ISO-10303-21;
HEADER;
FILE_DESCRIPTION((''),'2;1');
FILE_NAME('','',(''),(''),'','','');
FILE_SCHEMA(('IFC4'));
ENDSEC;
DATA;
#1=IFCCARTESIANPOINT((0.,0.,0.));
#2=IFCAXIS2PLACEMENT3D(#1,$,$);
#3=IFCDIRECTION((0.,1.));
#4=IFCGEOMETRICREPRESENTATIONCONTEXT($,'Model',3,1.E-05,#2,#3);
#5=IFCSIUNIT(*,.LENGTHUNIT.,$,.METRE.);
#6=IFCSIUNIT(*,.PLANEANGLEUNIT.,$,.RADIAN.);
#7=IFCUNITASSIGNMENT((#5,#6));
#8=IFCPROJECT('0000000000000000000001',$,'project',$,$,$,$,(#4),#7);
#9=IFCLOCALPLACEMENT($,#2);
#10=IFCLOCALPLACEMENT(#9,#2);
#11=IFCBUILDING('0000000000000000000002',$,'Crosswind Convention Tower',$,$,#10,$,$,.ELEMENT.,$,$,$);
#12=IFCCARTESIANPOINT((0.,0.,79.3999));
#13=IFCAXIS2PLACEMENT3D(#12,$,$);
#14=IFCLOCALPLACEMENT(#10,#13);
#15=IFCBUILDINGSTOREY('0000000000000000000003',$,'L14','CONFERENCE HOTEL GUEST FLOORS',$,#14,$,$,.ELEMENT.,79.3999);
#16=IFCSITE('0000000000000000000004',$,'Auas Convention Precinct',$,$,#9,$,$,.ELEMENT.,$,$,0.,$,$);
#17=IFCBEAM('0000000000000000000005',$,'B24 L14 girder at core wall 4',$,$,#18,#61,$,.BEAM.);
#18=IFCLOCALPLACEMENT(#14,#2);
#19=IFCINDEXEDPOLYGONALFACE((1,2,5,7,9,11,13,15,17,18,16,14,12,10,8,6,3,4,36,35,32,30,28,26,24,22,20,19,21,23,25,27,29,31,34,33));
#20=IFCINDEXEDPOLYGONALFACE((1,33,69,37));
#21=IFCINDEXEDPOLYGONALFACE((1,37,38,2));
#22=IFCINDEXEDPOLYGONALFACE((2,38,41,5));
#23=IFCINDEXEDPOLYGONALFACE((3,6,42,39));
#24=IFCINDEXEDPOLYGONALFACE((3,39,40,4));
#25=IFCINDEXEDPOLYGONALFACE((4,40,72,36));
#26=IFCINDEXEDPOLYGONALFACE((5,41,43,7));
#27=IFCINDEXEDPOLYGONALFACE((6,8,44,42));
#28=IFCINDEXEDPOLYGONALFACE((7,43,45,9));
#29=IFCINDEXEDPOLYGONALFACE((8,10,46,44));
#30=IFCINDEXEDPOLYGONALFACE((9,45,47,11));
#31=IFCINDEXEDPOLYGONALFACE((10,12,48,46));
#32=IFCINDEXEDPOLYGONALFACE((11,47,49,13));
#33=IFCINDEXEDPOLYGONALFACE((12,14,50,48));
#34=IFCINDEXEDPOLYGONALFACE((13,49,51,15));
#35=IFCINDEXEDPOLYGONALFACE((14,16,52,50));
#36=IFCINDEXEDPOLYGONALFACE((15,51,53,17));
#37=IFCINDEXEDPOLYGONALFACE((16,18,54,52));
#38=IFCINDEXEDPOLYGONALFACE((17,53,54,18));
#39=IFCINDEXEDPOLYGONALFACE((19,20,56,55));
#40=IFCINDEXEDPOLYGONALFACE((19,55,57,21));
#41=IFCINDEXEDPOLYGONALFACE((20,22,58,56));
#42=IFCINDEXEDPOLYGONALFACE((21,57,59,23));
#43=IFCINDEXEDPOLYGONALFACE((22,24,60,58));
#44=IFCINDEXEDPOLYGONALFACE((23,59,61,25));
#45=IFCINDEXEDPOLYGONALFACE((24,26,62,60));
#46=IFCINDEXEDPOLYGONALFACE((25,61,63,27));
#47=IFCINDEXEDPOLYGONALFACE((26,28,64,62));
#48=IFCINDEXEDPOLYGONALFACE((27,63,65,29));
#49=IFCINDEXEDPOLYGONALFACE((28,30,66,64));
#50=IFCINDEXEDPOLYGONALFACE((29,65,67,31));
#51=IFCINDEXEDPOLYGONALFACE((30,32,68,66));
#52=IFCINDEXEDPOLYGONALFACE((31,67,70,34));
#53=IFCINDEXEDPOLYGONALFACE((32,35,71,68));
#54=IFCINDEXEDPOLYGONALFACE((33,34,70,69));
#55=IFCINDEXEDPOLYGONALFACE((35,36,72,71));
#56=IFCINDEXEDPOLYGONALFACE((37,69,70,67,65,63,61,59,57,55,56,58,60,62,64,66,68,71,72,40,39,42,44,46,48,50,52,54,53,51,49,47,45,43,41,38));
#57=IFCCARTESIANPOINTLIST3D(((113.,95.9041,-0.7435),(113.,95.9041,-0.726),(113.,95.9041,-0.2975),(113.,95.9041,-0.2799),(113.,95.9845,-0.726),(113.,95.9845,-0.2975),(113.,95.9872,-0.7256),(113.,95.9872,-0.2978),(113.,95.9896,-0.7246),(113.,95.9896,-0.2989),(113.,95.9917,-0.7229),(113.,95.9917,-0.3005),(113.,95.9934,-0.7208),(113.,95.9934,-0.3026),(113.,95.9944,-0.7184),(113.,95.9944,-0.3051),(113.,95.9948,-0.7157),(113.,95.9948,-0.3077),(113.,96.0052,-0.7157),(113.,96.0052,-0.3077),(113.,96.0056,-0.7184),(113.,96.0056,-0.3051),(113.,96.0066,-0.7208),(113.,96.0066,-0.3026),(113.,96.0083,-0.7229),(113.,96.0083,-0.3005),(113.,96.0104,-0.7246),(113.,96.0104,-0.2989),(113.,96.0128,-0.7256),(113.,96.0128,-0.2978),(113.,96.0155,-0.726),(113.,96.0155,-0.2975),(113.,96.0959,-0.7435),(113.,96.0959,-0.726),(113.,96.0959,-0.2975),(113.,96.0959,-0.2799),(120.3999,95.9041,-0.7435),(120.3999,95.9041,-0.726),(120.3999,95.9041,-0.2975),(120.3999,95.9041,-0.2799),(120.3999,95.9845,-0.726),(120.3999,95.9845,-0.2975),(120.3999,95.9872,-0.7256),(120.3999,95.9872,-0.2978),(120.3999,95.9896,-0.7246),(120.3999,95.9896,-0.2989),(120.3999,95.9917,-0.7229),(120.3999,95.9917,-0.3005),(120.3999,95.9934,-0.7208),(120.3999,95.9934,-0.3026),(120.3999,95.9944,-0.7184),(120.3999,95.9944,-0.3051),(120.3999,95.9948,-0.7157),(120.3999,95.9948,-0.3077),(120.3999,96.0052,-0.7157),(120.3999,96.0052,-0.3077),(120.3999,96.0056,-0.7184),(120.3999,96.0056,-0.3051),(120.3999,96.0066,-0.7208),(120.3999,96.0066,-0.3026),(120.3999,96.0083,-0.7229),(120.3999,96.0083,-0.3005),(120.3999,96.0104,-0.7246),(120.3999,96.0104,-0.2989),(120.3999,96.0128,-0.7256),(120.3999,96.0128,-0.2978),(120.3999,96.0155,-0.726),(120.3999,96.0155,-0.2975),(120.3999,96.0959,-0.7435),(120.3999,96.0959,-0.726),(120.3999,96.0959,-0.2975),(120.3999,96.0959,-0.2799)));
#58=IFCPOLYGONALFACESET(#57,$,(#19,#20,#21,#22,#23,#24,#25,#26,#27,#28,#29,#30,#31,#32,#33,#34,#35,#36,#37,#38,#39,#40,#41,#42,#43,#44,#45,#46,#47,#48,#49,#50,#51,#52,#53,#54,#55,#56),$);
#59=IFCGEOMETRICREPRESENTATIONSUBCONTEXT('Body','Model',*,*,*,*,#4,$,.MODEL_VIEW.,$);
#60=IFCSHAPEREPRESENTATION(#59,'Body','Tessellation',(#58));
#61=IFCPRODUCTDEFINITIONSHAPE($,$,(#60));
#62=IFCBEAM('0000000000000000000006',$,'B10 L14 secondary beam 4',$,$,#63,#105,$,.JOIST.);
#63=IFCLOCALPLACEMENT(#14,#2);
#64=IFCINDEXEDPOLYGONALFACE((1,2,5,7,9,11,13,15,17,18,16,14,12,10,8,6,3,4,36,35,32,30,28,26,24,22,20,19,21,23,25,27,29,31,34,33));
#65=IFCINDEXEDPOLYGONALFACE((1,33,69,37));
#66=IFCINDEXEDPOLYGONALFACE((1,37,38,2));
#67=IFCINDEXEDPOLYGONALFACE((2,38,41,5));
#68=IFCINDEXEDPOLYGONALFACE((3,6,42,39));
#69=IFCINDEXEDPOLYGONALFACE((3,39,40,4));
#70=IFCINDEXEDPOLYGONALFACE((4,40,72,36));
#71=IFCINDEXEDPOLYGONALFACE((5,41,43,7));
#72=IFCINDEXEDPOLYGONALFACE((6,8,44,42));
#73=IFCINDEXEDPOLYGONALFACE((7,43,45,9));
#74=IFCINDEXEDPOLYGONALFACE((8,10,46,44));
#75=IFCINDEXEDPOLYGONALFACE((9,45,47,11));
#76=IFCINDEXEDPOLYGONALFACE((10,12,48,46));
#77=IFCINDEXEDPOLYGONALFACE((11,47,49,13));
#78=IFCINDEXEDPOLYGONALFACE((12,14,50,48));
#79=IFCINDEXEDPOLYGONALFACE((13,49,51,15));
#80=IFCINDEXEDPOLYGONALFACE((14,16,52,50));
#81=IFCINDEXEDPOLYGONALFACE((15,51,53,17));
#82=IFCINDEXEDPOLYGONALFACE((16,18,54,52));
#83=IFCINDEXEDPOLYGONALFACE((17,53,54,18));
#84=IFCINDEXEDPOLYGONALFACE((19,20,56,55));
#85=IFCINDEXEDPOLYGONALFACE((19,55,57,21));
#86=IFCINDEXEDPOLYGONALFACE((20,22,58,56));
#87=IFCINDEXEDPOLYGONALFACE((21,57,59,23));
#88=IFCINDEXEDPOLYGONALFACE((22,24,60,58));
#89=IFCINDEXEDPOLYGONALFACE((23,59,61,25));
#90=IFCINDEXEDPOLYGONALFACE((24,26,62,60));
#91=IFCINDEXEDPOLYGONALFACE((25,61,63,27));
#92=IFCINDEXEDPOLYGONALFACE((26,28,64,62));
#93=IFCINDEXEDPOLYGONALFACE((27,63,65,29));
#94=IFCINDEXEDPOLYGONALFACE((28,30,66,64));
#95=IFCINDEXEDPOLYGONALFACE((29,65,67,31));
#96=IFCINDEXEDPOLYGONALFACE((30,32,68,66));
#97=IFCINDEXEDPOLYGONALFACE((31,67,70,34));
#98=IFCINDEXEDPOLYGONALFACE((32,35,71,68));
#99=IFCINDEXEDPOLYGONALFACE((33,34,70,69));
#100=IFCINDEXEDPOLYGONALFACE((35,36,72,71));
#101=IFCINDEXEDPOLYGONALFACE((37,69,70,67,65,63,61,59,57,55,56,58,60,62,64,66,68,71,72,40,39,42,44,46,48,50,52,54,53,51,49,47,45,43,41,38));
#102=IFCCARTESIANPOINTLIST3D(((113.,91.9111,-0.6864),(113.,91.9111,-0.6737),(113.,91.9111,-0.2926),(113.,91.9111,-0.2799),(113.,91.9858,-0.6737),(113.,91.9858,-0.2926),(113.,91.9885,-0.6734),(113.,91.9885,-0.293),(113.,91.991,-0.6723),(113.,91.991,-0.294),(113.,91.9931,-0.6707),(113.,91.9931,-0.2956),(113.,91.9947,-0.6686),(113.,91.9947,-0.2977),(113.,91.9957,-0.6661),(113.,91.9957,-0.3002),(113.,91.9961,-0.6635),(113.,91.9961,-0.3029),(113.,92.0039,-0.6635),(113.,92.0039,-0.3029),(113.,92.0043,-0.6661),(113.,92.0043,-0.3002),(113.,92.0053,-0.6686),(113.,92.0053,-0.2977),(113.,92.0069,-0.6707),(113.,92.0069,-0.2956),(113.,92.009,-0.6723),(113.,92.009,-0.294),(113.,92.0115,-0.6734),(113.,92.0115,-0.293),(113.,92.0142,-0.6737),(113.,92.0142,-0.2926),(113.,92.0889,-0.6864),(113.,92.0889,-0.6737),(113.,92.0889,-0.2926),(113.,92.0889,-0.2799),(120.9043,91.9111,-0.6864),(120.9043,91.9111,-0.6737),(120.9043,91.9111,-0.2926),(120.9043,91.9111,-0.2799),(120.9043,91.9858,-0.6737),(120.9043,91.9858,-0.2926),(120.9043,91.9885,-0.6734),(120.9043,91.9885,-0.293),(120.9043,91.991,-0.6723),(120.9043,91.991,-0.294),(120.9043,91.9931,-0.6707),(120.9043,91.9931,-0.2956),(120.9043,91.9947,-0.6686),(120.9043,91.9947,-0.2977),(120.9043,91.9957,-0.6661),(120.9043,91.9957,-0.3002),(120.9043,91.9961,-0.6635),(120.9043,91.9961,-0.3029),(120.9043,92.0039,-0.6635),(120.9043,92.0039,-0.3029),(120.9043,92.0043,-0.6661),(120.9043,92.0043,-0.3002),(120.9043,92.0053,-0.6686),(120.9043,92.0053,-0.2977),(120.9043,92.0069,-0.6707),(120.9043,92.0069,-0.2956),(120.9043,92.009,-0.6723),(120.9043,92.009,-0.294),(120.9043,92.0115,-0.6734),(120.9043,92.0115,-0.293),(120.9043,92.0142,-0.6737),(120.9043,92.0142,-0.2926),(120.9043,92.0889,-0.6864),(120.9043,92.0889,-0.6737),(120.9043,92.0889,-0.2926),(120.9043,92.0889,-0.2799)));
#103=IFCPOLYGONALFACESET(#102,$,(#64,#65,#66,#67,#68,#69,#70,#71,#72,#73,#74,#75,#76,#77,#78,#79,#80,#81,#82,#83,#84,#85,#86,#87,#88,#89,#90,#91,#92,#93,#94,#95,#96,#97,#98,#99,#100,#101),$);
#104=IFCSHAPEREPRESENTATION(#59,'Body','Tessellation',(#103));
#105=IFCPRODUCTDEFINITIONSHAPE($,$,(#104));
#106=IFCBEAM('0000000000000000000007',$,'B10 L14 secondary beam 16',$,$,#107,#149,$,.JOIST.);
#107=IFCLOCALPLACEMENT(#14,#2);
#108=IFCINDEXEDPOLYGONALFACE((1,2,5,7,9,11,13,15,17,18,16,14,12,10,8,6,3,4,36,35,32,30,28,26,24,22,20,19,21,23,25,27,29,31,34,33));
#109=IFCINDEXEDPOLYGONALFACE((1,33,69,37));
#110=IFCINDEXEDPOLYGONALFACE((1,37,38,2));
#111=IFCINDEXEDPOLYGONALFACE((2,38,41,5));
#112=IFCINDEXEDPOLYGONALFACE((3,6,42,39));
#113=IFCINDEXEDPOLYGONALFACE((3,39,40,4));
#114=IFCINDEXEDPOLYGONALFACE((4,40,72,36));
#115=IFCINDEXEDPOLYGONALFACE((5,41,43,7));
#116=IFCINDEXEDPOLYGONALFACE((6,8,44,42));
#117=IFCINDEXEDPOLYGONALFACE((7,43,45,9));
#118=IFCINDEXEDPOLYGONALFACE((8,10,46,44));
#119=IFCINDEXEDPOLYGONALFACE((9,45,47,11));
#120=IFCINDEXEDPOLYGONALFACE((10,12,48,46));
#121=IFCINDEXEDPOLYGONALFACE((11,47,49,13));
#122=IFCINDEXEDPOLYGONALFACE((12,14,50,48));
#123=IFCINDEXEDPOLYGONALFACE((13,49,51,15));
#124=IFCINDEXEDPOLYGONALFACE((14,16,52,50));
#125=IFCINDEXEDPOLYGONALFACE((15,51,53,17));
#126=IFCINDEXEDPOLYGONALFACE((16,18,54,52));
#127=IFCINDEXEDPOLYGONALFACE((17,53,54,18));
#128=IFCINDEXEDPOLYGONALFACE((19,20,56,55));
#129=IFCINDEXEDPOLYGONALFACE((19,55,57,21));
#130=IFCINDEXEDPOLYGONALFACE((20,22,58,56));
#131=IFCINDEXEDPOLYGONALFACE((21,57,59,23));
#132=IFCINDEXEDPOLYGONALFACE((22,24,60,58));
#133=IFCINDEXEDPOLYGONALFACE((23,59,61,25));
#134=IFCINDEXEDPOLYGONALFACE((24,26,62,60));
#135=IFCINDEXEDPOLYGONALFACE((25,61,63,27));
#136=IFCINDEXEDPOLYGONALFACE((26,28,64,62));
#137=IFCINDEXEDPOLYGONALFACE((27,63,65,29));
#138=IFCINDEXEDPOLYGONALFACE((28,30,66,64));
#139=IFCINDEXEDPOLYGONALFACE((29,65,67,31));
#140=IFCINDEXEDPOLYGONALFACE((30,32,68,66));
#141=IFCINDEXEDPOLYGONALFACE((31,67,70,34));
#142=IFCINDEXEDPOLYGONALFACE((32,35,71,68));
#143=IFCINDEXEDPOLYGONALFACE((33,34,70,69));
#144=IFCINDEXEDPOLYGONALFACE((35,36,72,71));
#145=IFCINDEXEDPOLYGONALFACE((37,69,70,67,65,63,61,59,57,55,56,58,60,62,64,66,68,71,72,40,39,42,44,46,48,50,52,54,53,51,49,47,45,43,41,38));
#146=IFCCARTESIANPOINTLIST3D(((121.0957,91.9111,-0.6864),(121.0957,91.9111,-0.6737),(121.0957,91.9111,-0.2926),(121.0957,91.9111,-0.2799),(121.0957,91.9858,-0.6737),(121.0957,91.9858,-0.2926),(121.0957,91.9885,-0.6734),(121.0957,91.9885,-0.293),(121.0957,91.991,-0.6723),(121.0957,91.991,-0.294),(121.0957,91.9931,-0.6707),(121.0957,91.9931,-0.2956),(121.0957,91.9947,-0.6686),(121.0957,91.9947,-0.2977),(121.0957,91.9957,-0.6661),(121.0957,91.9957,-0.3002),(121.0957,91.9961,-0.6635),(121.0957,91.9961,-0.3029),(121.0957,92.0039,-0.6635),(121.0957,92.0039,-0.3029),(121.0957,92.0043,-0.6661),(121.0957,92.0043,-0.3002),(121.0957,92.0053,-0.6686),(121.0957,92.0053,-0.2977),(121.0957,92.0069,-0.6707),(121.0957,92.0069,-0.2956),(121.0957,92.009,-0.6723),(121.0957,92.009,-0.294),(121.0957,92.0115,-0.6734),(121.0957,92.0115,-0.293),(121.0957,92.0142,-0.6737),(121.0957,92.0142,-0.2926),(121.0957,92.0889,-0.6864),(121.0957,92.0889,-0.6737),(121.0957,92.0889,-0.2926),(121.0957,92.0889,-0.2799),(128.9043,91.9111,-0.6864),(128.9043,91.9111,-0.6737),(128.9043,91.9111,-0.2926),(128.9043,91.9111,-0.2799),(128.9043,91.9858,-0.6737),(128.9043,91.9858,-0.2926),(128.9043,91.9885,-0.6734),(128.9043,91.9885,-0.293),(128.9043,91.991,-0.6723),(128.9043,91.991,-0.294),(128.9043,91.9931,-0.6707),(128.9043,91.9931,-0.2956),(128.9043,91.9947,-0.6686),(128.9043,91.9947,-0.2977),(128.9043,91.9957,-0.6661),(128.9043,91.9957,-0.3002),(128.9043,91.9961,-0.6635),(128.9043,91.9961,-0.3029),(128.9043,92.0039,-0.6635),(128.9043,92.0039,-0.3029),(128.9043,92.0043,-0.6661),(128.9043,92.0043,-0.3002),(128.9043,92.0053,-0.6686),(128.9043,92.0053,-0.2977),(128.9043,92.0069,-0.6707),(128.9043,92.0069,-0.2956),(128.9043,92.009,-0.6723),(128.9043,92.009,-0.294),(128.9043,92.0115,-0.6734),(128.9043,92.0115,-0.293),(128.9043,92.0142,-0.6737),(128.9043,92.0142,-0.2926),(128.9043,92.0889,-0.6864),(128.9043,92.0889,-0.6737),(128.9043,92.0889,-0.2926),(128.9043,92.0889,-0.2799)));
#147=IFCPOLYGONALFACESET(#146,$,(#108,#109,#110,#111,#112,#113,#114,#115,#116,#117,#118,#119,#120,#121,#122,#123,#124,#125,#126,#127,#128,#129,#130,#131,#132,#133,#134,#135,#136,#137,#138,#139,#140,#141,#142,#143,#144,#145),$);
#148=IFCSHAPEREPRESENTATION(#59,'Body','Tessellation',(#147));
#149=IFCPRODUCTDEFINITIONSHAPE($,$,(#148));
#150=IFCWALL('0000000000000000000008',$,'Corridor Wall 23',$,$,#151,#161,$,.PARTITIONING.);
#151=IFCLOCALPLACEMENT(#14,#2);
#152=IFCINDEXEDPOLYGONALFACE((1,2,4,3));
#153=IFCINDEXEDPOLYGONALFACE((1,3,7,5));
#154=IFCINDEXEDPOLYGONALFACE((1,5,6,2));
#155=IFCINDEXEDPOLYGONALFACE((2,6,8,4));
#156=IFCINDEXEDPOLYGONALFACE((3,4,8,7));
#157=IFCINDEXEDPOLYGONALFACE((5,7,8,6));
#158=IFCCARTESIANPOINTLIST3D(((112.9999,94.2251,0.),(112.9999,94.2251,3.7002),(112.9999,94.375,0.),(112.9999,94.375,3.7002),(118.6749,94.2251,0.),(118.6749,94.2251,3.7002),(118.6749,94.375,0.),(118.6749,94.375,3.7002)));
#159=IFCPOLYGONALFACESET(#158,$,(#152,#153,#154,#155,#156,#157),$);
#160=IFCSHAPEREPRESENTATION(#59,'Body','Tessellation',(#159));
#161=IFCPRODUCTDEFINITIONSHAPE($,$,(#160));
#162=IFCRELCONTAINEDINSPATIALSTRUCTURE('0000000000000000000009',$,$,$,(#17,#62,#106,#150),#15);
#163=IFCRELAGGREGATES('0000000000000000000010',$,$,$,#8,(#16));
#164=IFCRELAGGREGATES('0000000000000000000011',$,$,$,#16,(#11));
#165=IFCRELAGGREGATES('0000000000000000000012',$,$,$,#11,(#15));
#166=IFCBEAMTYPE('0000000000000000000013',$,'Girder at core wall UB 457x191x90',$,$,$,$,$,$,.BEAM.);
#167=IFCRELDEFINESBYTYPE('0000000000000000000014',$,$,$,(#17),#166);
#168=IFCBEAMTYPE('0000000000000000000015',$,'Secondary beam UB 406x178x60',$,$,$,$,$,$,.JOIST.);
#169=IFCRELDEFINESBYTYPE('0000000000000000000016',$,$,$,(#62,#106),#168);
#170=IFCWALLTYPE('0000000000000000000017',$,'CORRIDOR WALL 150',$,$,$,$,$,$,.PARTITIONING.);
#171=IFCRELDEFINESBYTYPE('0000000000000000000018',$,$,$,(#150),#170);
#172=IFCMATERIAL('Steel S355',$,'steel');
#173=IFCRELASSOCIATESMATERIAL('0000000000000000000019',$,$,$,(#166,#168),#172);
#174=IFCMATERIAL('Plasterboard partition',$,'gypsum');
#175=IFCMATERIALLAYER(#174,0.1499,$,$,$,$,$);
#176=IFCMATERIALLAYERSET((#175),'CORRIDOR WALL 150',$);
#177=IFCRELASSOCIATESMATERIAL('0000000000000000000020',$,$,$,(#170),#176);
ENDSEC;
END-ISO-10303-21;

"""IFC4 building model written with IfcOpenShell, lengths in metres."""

from ifc_helpers import new_model, si_unit, direction, frame, frame_2d, origin, origin_2d, place, context, subcontext, project, spatial, rectangle, i_section, extrude, material, layer, layer_set, material_profile, profile_set, type_object, element, save


model = new_model("IFC4")

# Units and contexts
model_context = context("Model", 3, precision=1e-05, world=origin(), true_north=direction((0.0, 1.0)))
body_context = subcontext(model_context, "Body", "Model", "MODEL_VIEW")
ifc_project = project(units=[si_unit("LENGTHUNIT", "METRE"), si_unit("PLANEANGLEUNIT", "RADIAN")], contexts=[model_context])

# Site, building, storey
site_placement = place(None, origin())
site = spatial("IfcSite", under=ifc_project, at=site_placement, Name="Auas Convention Precinct", CompositionType="ELEMENT", RefElevation=0.0)
building_placement = place(site_placement, origin())
building = spatial("IfcBuilding", under=site, at=building_placement, Name="Crosswind Convention Tower", CompositionType="ELEMENT")
storey_placement = place(building_placement, frame((0.0, 0.0, 79.3999)))
storey = spatial("IfcBuildingStorey", under=building, at=storey_placement, Name="L14", Description="CONFERENCE HOTEL GUEST FLOORS", CompositionType="ELEMENT", Elevation=79.3999)

# Beams
ifc_material_1 = material(Name="Steel S355", Category="steel")
ifc_material_profile_1 = material_profile(ifc_material_1, i_section(OverallWidth=0.1919, OverallDepth=0.4636, WebThickness=0.0105, FlangeThickness=0.0176, FilletRadius=0.0103, at=origin_2d()), Name="UB 457x191x90")
ifc_profile_set_1 = profile_set([ifc_material_profile_1], Name="Steel S355")
beam_type_1 = type_object("IfcBeamType", Name="Girder at core wall UB 457x191x90", PredefinedType="BEAM", material=ifc_profile_set_1)
for number, where, z_axis, x_axis, name in (
    (1, (113.0, 96.0, -0.5117), (1.0, 0.0, 0.0), (0.0, 1.0, 0.0), "B24 L14 girder at core wall 4"),
):
    element("IfcBeam", number, at=place(storey_placement, frame(where, z_axis=z_axis, x_axis=x_axis)), inside=storey, type_object=beam_type_1, Name=name, PredefinedType="BEAM", context=body_context, shape_type="SweptSolid", body=[
        extrude(i_section(OverallWidth=0.1919, OverallDepth=0.4636, WebThickness=0.0105, FlangeThickness=0.0176, FilletRadius=0.0103, at=origin_2d()), origin(), (0.0, 0.0, 1.0), 7.3999),
    ])
ifc_material_profile_2 = material_profile(ifc_material_1, i_section(OverallWidth=0.1777, OverallDepth=0.4065, WebThickness=0.0078, FlangeThickness=0.0127, FilletRadius=0.0103, at=origin_2d()), Name="UB 406x178x60")
ifc_profile_set_2 = profile_set([ifc_material_profile_2], Name="Steel S355")
beam_type_2 = type_object("IfcBeamType", Name="Secondary beam UB 406x178x60", PredefinedType="JOIST", material=ifc_profile_set_2)
beam_1_placement = place(storey_placement, frame((113.0, 92.0, -0.4832), z_axis=(1.0, 0.0, 0.0), x_axis=(0.0, 1.0, 0.0)))
element("IfcBeam", 2, at=beam_1_placement, inside=storey, type_object=beam_type_2, Name="B10 L14 secondary beam 4", PredefinedType="JOIST", context=body_context, shape_type="SweptSolid", body=[
    extrude(i_section(OverallWidth=0.1777, OverallDepth=0.4065, WebThickness=0.0078, FlangeThickness=0.0127, FilletRadius=0.0103, at=origin_2d()), origin(), (0.0, 0.0, 1.0), 7.9043),
])
beam_2_placement = place(storey_placement, frame((121.0957, 92.0, -0.4832), z_axis=(1.0, 0.0, 0.0), x_axis=(0.0, 1.0, 0.0)))
element("IfcBeam", 3, at=beam_2_placement, inside=storey, type_object=beam_type_2, Name="B10 L14 secondary beam 16", PredefinedType="JOIST", context=body_context, shape_type="SweptSolid", body=[
    extrude(i_section(OverallWidth=0.1777, OverallDepth=0.4065, WebThickness=0.0078, FlangeThickness=0.0127, FilletRadius=0.0103, at=origin_2d()), origin(), (0.0, 0.0, 1.0), 7.8086),
])

# Wall
ifc_material_2 = material(Name="Plasterboard partition", Category="gypsum")
ifc_layer_1 = layer(ifc_material_2, 0.1499)
ifc_layer_set_1 = layer_set([ifc_layer_1], Name="CORRIDOR WALL 150")
wall_type_1 = type_object("IfcWallType", Name="CORRIDOR WALL 150", PredefinedType="PARTITIONING", material=ifc_layer_set_1)
wall_1_placement = place(storey_placement, frame((113.0, 94.3, 0.0), z_axis=(0.0, 0.0, 1.0), x_axis=(1.0, 0.0, 0.0)))
element("IfcWall", 4, at=wall_1_placement, inside=storey, type_object=wall_type_1, Name="Corridor Wall 23", PredefinedType="PARTITIONING", context=body_context, shape_type="SweptSolid", body=[
    extrude(rectangle(XDim=5.675, YDim=0.1499, at=frame_2d((2.8374, 0.0))), origin(), (0.0, 0.0, 1.0), 3.7002),
])

save(model, "model.ifc")
